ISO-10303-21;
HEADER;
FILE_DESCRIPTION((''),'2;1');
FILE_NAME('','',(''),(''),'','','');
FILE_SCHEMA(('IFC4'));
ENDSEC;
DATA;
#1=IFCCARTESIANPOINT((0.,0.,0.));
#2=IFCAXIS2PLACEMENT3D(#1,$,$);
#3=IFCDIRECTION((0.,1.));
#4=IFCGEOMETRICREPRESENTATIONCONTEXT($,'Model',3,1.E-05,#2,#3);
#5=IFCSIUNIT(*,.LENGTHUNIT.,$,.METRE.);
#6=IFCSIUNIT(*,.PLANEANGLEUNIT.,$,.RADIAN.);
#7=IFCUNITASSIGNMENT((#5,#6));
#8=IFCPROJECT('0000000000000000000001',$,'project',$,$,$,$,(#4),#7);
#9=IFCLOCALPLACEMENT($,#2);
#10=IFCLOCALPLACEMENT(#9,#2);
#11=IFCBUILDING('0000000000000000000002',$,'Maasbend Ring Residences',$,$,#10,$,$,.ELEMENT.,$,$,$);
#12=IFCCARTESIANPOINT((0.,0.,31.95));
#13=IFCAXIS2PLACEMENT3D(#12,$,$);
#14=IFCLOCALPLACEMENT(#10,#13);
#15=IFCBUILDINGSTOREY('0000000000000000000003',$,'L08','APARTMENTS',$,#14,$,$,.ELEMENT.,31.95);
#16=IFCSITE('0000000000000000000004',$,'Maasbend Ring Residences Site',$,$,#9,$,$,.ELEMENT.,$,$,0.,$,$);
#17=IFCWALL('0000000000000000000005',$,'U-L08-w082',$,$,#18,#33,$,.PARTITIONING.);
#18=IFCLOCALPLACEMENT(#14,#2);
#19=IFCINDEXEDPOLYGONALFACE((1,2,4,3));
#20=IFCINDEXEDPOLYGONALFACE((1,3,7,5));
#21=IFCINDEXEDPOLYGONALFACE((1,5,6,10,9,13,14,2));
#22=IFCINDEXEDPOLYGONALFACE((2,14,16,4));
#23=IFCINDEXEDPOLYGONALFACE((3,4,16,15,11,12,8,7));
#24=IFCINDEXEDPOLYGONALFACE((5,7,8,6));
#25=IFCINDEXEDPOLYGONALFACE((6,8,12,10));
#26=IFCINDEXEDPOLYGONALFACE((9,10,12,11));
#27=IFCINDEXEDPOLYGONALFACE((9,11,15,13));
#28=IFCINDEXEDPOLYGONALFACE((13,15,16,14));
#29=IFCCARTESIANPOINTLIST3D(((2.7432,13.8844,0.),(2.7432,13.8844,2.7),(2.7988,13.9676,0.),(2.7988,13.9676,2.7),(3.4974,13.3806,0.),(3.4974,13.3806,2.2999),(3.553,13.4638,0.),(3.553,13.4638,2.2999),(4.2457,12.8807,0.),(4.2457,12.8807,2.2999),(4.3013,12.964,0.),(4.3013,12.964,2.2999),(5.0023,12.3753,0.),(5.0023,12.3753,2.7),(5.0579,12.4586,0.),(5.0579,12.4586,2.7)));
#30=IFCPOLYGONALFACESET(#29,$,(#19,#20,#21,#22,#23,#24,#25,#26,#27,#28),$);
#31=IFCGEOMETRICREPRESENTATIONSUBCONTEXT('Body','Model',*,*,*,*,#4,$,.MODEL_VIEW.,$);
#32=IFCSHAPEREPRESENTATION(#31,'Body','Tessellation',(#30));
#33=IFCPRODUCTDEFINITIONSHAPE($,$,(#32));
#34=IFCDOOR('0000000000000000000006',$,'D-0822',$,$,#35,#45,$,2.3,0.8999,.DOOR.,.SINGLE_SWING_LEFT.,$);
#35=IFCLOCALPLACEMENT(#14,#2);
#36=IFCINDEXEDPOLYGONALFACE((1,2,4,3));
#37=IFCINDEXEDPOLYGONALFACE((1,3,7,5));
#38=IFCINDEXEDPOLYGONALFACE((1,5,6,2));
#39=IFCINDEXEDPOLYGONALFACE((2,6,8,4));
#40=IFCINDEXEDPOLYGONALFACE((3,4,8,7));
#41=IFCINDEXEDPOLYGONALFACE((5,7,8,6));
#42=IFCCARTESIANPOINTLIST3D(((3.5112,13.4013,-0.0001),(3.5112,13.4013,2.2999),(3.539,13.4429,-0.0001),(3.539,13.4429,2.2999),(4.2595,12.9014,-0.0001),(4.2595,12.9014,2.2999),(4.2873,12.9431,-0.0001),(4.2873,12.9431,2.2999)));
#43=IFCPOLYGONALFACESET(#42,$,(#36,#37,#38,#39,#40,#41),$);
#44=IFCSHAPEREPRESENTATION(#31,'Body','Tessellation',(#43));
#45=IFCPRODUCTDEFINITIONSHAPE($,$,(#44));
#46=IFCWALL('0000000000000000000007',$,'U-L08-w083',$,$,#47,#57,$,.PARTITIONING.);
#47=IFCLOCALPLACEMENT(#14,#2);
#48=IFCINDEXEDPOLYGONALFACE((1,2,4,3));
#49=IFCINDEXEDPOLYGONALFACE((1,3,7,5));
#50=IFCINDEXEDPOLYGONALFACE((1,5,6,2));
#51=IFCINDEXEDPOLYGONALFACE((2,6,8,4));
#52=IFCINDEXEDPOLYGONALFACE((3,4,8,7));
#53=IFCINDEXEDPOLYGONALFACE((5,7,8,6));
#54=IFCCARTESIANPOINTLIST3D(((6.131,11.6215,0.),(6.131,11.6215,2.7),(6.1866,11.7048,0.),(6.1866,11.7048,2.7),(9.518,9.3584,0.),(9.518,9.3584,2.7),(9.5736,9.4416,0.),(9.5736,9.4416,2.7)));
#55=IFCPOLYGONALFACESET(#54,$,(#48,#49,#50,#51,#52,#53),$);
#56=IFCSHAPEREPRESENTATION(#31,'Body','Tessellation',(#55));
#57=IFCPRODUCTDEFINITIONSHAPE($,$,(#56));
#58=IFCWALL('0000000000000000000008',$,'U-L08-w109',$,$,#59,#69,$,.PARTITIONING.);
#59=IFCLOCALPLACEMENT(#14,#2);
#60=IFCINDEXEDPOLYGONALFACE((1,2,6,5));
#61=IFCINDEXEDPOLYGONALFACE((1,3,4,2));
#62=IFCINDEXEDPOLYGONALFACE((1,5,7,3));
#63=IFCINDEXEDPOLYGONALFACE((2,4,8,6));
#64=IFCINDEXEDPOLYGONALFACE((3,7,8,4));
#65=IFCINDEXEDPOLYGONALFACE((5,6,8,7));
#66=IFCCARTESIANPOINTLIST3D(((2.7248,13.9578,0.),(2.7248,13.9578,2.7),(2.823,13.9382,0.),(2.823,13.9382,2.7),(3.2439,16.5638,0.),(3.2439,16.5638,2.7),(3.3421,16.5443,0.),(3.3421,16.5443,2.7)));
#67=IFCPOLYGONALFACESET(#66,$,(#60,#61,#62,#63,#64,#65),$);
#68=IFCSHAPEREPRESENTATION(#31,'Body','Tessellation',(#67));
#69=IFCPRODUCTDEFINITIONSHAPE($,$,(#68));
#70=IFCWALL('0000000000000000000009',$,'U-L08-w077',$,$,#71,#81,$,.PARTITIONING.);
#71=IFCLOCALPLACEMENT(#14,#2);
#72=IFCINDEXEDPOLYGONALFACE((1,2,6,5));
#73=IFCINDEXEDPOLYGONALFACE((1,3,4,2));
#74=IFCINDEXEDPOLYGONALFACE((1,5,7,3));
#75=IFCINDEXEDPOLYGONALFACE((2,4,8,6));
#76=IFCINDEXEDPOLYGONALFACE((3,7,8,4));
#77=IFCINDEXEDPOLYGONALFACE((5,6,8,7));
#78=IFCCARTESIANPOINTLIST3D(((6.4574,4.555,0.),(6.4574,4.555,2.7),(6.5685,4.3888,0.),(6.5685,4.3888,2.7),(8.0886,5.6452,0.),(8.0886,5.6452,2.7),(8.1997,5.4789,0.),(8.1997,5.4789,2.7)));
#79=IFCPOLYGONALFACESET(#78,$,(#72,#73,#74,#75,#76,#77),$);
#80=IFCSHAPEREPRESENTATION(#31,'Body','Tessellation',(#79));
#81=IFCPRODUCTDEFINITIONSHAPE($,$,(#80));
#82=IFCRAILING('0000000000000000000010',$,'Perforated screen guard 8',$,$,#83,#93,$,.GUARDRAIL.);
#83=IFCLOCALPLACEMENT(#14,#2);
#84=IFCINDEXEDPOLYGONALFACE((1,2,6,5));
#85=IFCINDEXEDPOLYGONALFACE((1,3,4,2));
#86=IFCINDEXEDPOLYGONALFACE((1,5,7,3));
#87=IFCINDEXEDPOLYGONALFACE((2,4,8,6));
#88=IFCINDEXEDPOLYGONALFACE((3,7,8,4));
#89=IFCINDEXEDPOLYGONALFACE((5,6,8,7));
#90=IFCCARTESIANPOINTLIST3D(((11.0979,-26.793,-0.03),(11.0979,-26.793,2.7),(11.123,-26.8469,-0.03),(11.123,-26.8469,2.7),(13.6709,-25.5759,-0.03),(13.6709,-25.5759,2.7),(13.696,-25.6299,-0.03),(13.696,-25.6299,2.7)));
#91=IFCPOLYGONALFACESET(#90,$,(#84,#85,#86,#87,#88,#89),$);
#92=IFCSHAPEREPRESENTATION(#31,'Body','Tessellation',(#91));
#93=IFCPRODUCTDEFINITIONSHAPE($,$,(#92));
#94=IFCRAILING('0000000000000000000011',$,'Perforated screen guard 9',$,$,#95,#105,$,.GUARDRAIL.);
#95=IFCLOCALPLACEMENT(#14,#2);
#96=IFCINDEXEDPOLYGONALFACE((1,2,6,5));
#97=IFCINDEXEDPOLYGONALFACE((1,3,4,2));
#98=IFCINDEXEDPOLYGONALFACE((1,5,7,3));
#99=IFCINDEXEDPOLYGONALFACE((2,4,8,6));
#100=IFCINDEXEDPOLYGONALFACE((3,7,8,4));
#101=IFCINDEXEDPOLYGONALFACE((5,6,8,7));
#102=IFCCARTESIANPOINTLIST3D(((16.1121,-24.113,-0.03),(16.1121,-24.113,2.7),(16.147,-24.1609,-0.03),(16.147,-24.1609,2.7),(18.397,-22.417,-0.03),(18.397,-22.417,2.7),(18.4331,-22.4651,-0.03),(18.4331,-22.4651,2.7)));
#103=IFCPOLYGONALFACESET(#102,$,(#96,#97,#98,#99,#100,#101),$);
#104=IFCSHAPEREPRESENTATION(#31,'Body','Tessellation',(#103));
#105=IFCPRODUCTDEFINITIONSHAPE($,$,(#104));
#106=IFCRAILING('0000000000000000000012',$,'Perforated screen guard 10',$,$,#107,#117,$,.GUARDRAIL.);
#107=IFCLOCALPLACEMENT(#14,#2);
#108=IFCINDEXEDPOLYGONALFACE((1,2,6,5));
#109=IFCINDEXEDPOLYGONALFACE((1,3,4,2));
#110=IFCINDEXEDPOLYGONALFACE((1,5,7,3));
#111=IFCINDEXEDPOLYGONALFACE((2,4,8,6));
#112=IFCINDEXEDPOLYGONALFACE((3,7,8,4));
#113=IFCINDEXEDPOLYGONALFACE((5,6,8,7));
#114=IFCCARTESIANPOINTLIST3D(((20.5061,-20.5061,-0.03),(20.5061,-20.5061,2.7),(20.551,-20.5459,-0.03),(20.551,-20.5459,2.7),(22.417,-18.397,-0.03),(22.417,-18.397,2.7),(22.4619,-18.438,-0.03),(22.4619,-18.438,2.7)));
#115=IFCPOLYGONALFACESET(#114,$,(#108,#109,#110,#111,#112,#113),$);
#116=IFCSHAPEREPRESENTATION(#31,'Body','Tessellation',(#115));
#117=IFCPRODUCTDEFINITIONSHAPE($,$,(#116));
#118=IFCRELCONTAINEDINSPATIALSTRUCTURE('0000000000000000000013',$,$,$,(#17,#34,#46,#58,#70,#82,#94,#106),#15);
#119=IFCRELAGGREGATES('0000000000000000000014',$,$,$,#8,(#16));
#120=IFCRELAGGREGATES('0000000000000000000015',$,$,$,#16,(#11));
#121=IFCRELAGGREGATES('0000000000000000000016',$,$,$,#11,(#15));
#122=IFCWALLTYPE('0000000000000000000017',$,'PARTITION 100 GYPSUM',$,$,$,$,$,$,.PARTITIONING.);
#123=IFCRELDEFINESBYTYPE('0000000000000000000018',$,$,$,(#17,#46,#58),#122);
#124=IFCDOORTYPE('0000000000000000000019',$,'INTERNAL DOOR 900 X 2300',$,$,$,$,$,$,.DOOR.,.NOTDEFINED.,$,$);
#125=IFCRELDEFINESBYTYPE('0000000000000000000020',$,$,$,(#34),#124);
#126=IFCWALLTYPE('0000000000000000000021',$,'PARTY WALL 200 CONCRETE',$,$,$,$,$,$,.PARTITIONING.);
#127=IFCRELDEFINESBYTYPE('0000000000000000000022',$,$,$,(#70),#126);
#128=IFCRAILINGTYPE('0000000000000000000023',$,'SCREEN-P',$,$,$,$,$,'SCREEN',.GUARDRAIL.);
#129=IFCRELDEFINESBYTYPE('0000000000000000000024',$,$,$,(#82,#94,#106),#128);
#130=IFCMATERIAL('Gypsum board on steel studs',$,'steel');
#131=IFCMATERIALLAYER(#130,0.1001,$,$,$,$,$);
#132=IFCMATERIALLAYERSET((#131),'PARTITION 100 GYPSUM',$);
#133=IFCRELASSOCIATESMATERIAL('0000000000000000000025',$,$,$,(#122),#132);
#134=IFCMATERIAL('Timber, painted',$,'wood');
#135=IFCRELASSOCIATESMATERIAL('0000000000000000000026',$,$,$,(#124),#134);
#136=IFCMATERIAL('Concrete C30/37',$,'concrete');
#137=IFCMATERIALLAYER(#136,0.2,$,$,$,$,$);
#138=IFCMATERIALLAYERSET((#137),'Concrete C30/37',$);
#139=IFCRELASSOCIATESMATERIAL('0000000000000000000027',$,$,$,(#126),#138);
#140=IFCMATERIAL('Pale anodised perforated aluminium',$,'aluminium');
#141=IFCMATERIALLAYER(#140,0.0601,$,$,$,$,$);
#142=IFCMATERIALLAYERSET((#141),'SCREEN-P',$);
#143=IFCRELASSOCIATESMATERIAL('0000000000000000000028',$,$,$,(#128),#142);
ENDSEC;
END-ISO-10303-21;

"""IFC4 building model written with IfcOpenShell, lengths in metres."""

from ifc_helpers import new_model, si_unit, direction, frame, frame_2d, origin, place, context, subcontext, project, spatial, polyline, rectangle, outline, extrude, material, layer, layer_set, type_object, element, fill, save


model = new_model("IFC4")

# Units and contexts
model_context = context("Model", 3, precision=1e-05, world=origin(), true_north=direction((0.0, 1.0)))
body_context = subcontext(model_context, "Body", "Model", "MODEL_VIEW")
ifc_project = project(units=[si_unit("LENGTHUNIT", "METRE"), si_unit("PLANEANGLEUNIT", "RADIAN")], contexts=[model_context])

# Site, building, storey
site_placement = place(None, origin())
site = spatial("IfcSite", under=ifc_project, at=site_placement, Name="Maasbend Ring Residences Site", CompositionType="ELEMENT", RefElevation=0.0)
building_placement = place(site_placement, origin())
building = spatial("IfcBuilding", under=site, at=building_placement, Name="Maasbend Ring Residences", CompositionType="ELEMENT")
storey_placement = place(building_placement, frame((0.0, 0.0, 31.95)))
storey = spatial("IfcBuildingStorey", under=building, at=storey_placement, Name="L08", Description="APARTMENTS", CompositionType="ELEMENT", Elevation=31.95)

# Shared definitions
ifc_material_1 = material(Name="Gypsum board on steel studs", Category="steel")
ifc_layer_1 = layer(ifc_material_1, 0.1001)
ifc_layer_set_1 = layer_set([ifc_layer_1], Name="PARTITION 100 GYPSUM")
wall_type_1 = type_object("IfcWallType", Name="PARTITION 100 GYPSUM", PredefinedType="PARTITIONING", material=ifc_layer_set_1)
ifc_material_2 = material(Name="Timber, painted", Category="wood")
door_type = type_object("IfcDoorType", Name="INTERNAL DOOR 900 X 2300", OperationType="NOTDEFINED", PredefinedType="DOOR", material=ifc_material_2)

# Wall, opening, door
wall_1_placement = place(storey_placement, frame((2.771, 13.926, 0.0), z_axis=(0.0, 0.0, 1.0), x_axis=(0.831538, -0.555467, 0.0)))
wall_1 = element("IfcWall", 1, at=wall_1_placement, inside=storey, type_object=wall_type_1, Name="U-L08-w082", PredefinedType="PARTITIONING", context=body_context, shape_type="SweptSolid", body=[
    extrude(rectangle(XDim=2.7168, YDim=0.1001, at=frame_2d((1.3584, 0.0))), origin(), (0.0, 0.0, 1.0), 2.7),
])
opening_1_placement = place(wall_1_placement, frame((0.907, 0.0, 0.0)))
opening_1 = element("IfcOpeningElement", 2, at=opening_1_placement, cuts=wall_1, PredefinedType="OPENING", context=body_context, shape_type="SweptSolid", body=[
    extrude(rectangle(XDim=0.8999, YDim=2.3, at=frame_2d((0.45, 1.1499))), frame((0.0, 0.0601, 0.0), z_axis=(0.0, -1.0, 0.0), x_axis=(1.0, 0.0, 0.0)), (0.0, 0.0, 1.0), 0.1201),
])
door_1_placement = place(opening_1_placement, origin())
door_1 = element("IfcDoor", 3, at=door_1_placement, inside=storey, type_object=door_type, Name="D-0822", OperationType="SINGLE_SWING_LEFT", OverallHeight=2.3, OverallWidth=0.8999, PredefinedType="DOOR", context=body_context, shape_type="SweptSolid", body=[
    extrude(rectangle(XDim=0.8999, YDim=2.3, at=frame_2d((0.45, 1.1499))), frame((0.0, 0.0249, 0.0), z_axis=(0.0, -1.0, 0.0), x_axis=(1.0, 0.0, 0.0)), (0.0, 0.0, 1.0), 0.05),
])
fill(opening_1, door_1)

# Walls
wall_2_placement = place(storey_placement, frame((6.1589, 11.6631, 0.0), z_axis=(0.0, 0.0, 1.0), x_axis=(0.83146, -0.555585, 0.0)))
element("IfcWall", 4, at=wall_2_placement, inside=storey, type_object=wall_type_1, Name="U-L08-w083", PredefinedType="PARTITIONING", context=body_context, shape_type="SweptSolid", body=[
    extrude(rectangle(XDim=4.0735, YDim=0.1001, at=frame_2d((2.0366, 0.0))), origin(), (0.0, 0.0, 1.0), 2.7),
])
wall_3_placement = place(storey_placement, frame((2.7739, 13.948, 0.0), z_axis=(0.0, 0.0, 1.0), x_axis=(0.195339, 0.980736, 0.0)))
element("IfcWall", 5, at=wall_3_placement, inside=storey, type_object=wall_type_1, Name="U-L08-w109", PredefinedType="PARTITIONING", context=body_context, shape_type="SweptSolid", body=[
    extrude(rectangle(XDim=2.6572, YDim=0.1001, at=frame_2d((1.3286, 0.0))), origin(), (0.0, 0.0, 1.0), 2.7),
])
ifc_material_3 = material(Name="Concrete C30/37", Category="concrete")
ifc_layer_2 = layer(ifc_material_3, 0.2)
ifc_layer_set_2 = layer_set([ifc_layer_2], Name="Concrete C30/37")
wall_type_2 = type_object("IfcWallType", Name="PARTY WALL 200 CONCRETE", PredefinedType="PARTITIONING", material=ifc_layer_set_2)
wall_4_placement = place(storey_placement, frame((6.5129, 4.4719, 0.0), z_axis=(0.0, 0.0, 1.0), x_axis=(0.831418, 0.555648, 0.0)))
element("IfcWall", 6, at=wall_4_placement, inside=storey, type_object=wall_type_2, Name="U-L08-w077", PredefinedType="PARTITIONING", context=body_context, shape_type="SweptSolid", body=[
    extrude(rectangle(XDim=1.9619, YDim=0.2, at=frame_2d((0.981, 0.0))), origin(), (0.0, 0.0, 1.0), 2.7),
])

# Railings
ifc_material_4 = material(Name="Pale anodised perforated aluminium", Category="aluminium")
ifc_layer_3 = layer(ifc_material_4, 0.0601)
ifc_layer_set_3 = layer_set([ifc_layer_3], Name="SCREEN-P")
railing_type = type_object("IfcRailingType", Name="SCREEN-P", ElementType="SCREEN", PredefinedType="GUARDRAIL", material=ifc_layer_set_3)
railing_1_placement = place(storey_placement, frame((0.0, 0.0, -0.03)))
element("IfcRailing", 7, at=railing_1_placement, inside=storey, type_object=railing_type, Name="Perforated screen guard 8", PredefinedType="GUARDRAIL", context=body_context, shape_type="SweptSolid", body=[
    extrude(outline(polyline([(11.0979, -26.793), (13.6709, -25.5759), (13.696, -25.6299), (11.123, -26.8469), (11.0979, -26.793)])), origin(), (0.0, 0.0, 1.0), 2.73),
])
railing_2_placement = place(storey_placement, frame((0.0, 0.0, -0.03)))
element("IfcRailing", 8, at=railing_2_placement, inside=storey, type_object=railing_type, Name="Perforated screen guard 9", PredefinedType="GUARDRAIL", context=body_context, shape_type="SweptSolid", body=[
    extrude(outline(polyline([(16.1121, -24.113), (18.397, -22.417), (18.4331, -22.4651), (16.147, -24.1609), (16.1121, -24.113)])), origin(), (0.0, 0.0, 1.0), 2.73),
])
railing_3_placement = place(storey_placement, frame((0.0, 0.0, -0.03)))
element("IfcRailing", 9, at=railing_3_placement, inside=storey, type_object=railing_type, Name="Perforated screen guard 10", PredefinedType="GUARDRAIL", context=body_context, shape_type="SweptSolid", body=[
    extrude(outline(polyline([(20.5061, -20.5061), (22.417, -18.397), (22.4619, -18.438), (20.551, -20.5459), (20.5061, -20.5061)])), origin(), (0.0, 0.0, 1.0), 2.73),
])

save(model, "model.ifc")
